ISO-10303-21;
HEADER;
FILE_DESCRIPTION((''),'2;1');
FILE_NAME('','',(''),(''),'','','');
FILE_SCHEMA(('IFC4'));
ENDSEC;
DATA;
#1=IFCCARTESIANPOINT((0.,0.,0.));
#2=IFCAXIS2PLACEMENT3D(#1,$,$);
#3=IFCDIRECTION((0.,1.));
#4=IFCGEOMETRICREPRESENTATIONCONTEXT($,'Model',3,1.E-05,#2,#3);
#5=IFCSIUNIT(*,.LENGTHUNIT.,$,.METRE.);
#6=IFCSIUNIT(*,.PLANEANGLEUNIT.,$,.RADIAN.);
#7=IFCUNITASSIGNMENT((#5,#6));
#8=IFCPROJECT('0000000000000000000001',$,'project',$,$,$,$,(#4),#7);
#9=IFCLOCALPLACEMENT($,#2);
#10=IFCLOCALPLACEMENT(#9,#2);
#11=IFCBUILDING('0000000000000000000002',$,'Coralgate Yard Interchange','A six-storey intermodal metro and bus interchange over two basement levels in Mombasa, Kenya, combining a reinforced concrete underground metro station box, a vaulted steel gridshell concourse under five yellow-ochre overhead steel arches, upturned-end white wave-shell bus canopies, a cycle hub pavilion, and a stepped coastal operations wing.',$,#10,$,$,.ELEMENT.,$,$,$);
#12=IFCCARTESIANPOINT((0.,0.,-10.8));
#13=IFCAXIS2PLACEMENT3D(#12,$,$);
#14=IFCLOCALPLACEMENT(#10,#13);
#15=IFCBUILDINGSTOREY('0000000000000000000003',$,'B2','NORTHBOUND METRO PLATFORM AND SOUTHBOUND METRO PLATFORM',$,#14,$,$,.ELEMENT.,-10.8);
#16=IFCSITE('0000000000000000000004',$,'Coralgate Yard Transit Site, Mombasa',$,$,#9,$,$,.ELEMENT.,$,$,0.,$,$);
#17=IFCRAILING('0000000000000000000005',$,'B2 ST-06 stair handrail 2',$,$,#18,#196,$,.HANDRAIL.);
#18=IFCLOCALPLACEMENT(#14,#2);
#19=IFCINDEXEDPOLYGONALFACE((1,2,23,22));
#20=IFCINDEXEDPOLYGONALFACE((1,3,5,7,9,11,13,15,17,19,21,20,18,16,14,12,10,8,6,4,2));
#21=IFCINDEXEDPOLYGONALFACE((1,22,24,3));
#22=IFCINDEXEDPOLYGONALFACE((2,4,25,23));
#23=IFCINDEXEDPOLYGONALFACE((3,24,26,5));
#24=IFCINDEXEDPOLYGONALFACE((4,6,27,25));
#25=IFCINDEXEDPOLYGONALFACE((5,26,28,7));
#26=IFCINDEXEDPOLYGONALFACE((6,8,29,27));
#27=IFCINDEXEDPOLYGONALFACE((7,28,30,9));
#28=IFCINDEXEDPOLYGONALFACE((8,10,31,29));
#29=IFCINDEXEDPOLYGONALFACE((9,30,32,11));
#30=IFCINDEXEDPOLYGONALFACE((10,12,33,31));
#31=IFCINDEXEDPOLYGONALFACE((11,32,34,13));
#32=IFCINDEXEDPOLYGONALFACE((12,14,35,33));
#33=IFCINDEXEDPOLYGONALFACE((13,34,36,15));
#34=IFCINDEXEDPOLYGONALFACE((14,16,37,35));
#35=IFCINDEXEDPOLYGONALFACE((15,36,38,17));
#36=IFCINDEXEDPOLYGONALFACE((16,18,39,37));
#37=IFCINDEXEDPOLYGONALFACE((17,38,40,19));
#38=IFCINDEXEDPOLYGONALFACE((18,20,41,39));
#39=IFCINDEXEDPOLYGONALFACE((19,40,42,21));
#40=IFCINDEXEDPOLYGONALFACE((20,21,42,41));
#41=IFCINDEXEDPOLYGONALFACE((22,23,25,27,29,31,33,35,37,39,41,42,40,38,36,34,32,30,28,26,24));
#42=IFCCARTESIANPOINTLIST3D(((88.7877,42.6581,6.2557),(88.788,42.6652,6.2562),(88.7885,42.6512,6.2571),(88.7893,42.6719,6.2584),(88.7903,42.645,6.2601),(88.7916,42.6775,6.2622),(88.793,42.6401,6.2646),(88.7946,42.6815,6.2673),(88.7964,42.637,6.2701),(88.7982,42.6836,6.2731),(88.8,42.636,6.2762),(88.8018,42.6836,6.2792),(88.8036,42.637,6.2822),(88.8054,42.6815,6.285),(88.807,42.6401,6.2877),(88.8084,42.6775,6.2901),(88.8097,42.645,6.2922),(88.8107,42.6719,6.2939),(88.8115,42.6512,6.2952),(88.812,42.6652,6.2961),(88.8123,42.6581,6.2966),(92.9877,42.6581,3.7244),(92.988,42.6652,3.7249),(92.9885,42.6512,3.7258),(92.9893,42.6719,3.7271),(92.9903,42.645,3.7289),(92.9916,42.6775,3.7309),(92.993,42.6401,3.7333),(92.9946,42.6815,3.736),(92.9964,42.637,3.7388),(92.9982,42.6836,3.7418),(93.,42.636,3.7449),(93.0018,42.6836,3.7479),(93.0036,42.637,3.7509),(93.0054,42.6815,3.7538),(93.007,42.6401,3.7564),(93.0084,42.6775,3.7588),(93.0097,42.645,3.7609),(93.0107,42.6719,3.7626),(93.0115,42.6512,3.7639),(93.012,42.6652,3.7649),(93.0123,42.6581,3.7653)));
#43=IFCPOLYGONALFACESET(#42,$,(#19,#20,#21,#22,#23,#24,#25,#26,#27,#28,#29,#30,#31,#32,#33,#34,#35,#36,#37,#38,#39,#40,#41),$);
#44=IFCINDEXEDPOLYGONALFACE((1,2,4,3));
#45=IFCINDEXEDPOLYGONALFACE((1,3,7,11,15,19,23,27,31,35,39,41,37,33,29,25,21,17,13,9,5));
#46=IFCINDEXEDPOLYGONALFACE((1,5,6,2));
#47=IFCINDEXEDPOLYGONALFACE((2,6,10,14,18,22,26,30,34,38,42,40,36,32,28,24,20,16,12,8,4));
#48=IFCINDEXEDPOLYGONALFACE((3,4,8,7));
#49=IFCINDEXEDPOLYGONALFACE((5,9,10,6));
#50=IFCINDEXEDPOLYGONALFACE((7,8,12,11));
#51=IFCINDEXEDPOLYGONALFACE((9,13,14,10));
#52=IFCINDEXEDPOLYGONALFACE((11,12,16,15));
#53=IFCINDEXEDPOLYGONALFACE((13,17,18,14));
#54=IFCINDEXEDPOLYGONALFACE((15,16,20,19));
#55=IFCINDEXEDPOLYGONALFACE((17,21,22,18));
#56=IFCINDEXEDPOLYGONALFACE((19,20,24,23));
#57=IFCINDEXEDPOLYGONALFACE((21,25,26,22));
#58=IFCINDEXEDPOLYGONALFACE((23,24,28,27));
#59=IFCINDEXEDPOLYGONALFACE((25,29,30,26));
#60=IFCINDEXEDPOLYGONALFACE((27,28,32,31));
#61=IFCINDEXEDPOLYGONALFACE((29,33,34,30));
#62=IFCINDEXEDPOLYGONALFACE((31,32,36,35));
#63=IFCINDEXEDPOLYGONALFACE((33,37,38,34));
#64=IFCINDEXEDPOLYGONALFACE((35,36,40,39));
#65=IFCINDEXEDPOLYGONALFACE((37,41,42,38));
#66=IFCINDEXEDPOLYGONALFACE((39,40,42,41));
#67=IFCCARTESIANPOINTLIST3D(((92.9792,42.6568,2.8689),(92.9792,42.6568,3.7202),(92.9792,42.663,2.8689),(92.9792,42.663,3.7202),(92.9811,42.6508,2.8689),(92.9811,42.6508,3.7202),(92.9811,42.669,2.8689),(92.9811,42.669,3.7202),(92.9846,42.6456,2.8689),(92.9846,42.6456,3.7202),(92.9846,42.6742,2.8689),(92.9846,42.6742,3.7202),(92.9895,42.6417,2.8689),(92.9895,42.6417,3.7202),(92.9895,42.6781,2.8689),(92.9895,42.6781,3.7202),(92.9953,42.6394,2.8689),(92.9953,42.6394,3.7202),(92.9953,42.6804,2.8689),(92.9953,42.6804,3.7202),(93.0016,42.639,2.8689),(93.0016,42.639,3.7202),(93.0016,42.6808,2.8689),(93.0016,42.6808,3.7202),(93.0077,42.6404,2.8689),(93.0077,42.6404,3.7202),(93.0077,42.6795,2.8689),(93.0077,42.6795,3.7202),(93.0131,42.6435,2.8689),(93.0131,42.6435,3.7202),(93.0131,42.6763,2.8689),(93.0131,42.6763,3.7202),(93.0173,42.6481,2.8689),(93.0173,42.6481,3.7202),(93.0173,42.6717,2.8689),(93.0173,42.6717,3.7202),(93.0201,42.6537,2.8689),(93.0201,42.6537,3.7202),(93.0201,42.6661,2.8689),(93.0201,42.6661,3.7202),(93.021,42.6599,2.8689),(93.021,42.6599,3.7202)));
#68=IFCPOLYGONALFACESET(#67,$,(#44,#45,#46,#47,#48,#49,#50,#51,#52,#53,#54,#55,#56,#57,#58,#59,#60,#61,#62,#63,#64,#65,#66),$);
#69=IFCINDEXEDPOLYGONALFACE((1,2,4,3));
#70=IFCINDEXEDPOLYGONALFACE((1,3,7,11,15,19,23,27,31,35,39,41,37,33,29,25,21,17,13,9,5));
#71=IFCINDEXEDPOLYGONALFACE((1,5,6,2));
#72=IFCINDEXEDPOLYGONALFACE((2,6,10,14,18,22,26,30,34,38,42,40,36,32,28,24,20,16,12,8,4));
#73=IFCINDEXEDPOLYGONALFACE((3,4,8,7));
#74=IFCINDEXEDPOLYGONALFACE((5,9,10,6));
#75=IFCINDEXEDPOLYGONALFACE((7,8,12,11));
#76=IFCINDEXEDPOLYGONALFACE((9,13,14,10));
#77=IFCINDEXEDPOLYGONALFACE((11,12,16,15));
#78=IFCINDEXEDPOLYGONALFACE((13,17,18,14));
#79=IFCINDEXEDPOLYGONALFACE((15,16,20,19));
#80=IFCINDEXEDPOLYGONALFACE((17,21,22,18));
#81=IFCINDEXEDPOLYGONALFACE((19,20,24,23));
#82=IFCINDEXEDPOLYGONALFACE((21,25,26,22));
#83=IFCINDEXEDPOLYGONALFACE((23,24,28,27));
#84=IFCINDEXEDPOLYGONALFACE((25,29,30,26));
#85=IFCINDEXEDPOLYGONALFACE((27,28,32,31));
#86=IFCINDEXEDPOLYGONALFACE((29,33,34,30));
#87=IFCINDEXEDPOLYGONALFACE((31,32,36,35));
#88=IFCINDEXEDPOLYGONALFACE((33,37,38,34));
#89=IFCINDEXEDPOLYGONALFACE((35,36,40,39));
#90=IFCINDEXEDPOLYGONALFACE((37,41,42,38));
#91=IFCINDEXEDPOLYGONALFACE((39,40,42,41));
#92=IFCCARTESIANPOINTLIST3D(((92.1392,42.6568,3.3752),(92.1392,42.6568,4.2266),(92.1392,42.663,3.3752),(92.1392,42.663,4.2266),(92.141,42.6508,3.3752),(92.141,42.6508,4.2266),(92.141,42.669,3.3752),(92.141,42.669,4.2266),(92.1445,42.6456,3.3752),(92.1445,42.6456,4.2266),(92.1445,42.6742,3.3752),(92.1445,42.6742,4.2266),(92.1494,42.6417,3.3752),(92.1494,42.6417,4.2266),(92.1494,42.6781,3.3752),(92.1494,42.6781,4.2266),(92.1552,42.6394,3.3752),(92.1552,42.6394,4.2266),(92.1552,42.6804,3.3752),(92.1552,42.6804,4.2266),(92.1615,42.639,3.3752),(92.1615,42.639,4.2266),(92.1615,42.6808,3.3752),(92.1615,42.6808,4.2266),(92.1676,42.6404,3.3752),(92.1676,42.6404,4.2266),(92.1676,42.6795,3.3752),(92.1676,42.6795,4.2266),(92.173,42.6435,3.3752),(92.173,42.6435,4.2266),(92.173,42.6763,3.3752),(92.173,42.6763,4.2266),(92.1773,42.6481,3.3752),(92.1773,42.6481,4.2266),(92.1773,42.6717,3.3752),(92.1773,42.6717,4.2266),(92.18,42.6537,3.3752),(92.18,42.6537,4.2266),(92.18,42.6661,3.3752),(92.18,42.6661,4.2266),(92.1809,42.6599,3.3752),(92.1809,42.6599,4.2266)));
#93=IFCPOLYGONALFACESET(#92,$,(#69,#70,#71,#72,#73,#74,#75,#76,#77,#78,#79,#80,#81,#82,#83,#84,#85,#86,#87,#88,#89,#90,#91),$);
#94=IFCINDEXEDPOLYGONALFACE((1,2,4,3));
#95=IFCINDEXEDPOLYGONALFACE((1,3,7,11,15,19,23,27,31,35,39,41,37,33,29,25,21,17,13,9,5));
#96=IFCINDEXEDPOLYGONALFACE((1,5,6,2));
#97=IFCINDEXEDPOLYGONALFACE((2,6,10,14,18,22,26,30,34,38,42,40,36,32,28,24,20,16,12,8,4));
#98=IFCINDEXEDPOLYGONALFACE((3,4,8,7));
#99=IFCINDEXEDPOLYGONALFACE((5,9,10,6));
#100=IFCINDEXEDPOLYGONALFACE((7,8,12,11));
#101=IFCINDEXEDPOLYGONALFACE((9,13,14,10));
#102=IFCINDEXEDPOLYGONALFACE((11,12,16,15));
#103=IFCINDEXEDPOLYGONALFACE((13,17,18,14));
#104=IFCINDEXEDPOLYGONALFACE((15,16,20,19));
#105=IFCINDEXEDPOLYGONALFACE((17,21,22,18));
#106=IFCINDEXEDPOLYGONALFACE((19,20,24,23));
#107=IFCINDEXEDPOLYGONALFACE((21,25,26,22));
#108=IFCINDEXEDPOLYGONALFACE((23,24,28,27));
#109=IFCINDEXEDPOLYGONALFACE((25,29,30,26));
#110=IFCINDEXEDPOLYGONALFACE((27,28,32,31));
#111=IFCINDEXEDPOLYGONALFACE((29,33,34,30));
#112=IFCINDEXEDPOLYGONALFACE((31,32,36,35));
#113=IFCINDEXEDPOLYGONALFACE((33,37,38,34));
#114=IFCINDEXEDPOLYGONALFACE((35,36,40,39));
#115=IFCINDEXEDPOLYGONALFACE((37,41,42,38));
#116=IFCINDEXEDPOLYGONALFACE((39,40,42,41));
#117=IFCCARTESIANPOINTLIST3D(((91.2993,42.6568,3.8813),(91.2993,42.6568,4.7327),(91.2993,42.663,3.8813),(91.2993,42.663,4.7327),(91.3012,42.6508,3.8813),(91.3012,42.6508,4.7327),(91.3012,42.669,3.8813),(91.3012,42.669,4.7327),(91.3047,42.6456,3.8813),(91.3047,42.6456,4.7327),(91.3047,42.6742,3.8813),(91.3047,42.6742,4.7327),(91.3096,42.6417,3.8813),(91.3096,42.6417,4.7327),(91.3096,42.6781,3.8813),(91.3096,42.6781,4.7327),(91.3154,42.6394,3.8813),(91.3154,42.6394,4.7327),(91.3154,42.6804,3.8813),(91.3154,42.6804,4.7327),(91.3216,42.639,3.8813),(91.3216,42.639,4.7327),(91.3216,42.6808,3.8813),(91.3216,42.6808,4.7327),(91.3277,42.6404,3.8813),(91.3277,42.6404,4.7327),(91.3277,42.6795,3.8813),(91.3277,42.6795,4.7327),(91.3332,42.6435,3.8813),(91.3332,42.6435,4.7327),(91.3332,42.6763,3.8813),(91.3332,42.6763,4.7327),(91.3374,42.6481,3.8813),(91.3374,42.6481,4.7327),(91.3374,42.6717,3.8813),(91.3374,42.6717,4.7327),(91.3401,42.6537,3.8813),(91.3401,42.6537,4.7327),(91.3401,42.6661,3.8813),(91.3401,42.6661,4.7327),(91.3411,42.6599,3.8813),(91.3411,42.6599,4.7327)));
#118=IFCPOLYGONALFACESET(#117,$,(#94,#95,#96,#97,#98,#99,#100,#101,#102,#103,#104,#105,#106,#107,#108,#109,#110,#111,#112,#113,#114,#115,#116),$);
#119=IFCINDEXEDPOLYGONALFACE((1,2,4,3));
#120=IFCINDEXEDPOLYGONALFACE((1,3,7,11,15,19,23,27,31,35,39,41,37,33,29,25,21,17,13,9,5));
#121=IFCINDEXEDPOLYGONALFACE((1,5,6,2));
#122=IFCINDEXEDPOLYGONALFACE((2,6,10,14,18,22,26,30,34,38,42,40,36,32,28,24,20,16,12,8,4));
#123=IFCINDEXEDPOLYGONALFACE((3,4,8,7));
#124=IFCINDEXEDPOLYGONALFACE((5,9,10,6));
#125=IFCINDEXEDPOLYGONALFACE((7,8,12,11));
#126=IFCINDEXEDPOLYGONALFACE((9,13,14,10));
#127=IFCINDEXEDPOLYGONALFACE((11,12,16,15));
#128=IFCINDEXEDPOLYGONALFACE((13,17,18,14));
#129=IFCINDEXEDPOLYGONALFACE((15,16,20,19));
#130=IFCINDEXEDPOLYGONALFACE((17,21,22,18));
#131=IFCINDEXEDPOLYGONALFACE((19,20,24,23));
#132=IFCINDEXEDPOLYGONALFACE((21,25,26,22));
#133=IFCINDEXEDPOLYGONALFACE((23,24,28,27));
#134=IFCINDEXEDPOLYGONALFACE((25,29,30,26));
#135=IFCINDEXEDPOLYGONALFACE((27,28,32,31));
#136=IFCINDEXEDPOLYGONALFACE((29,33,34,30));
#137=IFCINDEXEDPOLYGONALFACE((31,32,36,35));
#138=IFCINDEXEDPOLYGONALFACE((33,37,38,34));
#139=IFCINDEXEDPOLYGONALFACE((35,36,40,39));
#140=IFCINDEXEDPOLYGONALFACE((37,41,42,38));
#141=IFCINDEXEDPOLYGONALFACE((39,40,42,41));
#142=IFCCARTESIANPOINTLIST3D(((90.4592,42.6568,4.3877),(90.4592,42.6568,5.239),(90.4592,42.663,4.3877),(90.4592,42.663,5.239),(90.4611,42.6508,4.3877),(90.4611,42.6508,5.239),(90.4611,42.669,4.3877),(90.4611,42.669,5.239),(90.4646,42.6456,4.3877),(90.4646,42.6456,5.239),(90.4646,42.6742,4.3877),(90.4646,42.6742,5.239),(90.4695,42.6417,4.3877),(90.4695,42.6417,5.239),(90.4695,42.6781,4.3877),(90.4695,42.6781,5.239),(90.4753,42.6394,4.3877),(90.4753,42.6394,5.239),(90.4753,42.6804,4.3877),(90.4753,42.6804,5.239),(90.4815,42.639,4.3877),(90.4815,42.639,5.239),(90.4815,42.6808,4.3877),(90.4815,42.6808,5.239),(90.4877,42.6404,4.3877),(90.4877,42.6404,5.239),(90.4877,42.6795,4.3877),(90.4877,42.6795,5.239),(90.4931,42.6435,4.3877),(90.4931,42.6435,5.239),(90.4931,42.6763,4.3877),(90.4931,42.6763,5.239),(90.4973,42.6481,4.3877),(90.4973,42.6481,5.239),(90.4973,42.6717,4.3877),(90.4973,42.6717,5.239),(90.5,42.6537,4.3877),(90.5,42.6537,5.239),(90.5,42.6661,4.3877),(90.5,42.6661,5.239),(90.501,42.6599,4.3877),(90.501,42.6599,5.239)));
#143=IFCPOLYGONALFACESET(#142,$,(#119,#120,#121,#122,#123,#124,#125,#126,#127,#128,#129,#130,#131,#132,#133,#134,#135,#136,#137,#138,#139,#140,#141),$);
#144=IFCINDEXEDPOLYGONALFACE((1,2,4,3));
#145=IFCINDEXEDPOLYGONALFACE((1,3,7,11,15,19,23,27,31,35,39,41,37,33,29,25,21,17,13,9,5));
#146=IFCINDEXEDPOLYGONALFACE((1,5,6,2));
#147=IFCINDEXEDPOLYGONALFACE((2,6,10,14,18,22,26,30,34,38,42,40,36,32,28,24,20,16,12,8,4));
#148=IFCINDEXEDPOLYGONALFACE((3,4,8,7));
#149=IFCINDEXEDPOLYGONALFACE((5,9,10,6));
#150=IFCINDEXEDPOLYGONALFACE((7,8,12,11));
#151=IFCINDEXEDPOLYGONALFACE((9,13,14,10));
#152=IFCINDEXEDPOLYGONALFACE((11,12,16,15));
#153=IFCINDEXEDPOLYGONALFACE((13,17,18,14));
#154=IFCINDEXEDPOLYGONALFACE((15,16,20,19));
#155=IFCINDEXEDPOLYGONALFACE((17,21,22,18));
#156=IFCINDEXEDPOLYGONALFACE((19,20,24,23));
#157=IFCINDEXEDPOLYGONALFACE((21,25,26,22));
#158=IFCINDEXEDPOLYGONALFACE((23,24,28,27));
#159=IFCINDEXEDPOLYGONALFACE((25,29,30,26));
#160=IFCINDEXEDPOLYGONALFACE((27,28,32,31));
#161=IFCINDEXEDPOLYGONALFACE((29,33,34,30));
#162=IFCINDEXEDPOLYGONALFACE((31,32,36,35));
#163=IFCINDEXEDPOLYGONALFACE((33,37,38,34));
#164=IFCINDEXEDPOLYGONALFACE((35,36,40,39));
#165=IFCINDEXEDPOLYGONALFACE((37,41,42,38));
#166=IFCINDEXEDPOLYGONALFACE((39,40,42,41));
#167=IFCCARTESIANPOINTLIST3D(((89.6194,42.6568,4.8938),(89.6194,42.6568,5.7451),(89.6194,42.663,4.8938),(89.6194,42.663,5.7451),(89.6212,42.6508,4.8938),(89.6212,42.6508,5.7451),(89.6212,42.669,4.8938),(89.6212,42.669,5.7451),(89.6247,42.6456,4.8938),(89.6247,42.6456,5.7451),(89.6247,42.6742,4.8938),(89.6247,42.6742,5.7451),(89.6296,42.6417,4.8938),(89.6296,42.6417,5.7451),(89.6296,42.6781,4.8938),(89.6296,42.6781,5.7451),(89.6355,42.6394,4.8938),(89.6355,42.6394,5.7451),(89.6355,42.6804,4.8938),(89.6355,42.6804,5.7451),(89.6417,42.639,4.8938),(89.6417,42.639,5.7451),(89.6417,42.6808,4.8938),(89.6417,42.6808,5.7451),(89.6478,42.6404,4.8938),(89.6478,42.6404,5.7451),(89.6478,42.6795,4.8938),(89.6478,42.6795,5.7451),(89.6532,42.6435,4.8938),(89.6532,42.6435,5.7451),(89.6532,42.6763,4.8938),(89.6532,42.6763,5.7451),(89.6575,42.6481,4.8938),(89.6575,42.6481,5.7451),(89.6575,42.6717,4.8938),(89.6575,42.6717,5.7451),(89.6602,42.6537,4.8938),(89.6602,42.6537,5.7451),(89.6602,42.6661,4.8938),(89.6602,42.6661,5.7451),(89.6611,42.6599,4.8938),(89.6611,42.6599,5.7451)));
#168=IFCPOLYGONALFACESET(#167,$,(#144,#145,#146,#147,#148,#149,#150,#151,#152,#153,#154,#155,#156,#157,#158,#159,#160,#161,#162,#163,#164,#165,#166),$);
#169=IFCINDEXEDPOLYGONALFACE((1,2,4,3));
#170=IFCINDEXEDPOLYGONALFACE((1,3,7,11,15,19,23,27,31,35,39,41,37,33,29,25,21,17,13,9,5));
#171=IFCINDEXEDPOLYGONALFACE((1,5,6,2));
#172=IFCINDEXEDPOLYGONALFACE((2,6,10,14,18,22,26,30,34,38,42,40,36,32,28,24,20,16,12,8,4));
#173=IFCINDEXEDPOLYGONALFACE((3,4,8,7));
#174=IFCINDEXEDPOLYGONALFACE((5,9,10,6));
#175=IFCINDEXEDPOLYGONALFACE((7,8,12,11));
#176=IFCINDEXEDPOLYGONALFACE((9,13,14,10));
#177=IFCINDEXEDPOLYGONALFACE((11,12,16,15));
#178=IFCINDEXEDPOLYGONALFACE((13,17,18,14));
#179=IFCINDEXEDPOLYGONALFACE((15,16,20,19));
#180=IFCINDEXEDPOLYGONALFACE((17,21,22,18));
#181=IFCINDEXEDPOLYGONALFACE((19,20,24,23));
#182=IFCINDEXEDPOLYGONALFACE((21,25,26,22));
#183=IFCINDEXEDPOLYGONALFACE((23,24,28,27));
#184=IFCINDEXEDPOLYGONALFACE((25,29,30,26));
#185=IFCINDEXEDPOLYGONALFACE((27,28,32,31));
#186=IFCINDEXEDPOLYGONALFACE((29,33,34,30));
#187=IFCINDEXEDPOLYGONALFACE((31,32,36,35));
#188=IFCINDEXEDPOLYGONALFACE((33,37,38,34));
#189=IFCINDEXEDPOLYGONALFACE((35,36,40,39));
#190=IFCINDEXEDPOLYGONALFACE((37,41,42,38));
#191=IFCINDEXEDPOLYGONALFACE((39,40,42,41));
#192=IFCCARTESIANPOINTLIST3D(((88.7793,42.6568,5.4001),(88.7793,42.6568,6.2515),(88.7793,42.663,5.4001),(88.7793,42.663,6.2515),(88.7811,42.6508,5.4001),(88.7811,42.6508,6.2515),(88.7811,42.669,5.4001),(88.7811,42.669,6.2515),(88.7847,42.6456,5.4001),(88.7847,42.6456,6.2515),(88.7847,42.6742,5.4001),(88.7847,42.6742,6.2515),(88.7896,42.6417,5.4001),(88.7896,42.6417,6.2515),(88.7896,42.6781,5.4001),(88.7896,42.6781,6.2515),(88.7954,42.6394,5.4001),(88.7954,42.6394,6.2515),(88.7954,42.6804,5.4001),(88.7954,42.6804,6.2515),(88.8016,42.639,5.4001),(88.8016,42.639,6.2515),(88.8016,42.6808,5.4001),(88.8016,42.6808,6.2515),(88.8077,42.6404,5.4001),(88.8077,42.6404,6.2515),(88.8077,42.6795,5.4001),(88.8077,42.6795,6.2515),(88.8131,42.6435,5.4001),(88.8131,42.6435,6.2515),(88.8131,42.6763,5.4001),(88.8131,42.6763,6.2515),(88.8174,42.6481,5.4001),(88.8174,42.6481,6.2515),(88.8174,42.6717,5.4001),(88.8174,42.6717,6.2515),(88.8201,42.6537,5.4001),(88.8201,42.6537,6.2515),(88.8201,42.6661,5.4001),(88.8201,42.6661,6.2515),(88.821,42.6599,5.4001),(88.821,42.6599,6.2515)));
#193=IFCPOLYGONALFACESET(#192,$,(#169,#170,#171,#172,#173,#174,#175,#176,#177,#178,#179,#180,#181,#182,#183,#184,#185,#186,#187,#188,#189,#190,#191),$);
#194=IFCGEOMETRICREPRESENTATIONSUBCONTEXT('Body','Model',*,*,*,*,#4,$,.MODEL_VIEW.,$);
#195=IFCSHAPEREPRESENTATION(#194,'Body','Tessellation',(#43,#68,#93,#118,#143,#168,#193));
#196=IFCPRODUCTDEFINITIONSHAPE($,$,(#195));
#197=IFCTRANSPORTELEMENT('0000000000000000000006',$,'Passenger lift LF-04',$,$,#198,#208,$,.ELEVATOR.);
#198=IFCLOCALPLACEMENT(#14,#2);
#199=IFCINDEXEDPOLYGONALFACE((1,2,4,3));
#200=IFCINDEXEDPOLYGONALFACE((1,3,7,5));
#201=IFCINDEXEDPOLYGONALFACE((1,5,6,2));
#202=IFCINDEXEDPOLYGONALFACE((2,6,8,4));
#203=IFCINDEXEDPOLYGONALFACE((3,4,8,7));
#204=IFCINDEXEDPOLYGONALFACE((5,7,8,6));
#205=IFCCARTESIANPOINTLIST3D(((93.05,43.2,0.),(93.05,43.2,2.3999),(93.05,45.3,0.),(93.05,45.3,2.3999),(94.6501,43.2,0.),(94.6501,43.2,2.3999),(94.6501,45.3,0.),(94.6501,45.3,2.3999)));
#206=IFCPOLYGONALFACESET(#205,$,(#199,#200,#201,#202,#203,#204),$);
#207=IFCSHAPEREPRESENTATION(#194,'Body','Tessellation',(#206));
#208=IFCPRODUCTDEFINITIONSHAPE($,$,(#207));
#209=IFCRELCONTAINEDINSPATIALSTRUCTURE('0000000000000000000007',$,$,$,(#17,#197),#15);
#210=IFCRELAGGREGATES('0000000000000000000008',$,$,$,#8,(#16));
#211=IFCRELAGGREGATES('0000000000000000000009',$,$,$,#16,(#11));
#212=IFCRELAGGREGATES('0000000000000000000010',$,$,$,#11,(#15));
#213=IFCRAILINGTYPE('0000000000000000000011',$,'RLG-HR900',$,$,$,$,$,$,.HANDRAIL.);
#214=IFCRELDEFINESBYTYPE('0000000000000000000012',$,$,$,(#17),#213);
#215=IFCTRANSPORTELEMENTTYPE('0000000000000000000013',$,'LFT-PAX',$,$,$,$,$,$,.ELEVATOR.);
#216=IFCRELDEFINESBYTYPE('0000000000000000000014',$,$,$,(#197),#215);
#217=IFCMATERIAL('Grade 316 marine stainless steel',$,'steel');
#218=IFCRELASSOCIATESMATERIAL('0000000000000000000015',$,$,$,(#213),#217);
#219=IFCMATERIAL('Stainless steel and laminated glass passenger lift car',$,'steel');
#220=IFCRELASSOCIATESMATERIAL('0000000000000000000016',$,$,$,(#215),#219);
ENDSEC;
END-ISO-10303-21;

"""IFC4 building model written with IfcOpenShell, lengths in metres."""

from ifc_helpers import new_model, si_unit, direction, frame, origin, origin_2d, place, context, subcontext, project, spatial, rectangle, circle, extrude, material, type_object, element, save


model = new_model("IFC4")

# Units and contexts
model_context = context("Model", 3, precision=1e-05, world=origin(), true_north=direction((0.0, 1.0)))
body_context = subcontext(model_context, "Body", "Model", "MODEL_VIEW")
ifc_project = project(units=[si_unit("LENGTHUNIT", "METRE"), si_unit("PLANEANGLEUNIT", "RADIAN")], contexts=[model_context])

# Site, building, storey
site_placement = place(None, origin())
site = spatial("IfcSite", under=ifc_project, at=site_placement, Name="Coralgate Yard Transit Site, Mombasa", CompositionType="ELEMENT", RefElevation=0.0)
building_placement = place(site_placement, origin())
building = spatial("IfcBuilding", under=site, at=building_placement, Name="Coralgate Yard Interchange", Description="A six-storey intermodal metro and bus interchange over two basement levels in Mombasa, Kenya, combining a reinforced concrete underground metro station box, a vaulted steel gridshell concourse under five yellow-ochre overhead steel arches, upturned-end white wave-shell bus canopies, a cycle hub pavilion, and a stepped coastal operations wing.", CompositionType="ELEMENT")
storey_placement = place(building_placement, frame((0.0, 0.0, -10.8)))
storey = spatial("IfcBuildingStorey", under=building, at=storey_placement, Name="B2", Description="NORTHBOUND METRO PLATFORM AND SOUTHBOUND METRO PLATFORM", CompositionType="ELEMENT", Elevation=-10.8)

# Railing
ifc_material_1 = material(Name="Grade 316 marine stainless steel", Category="steel")
railing_type_1 = type_object("IfcRailingType", Name="RLG-HR900", PredefinedType="HANDRAIL", material=ifc_material_1)
railing_1_placement = place(storey_placement, frame((93.0, 42.6599, 2.8689)))
element("IfcRailing", 1, at=railing_1_placement, inside=storey, type_object=railing_type_1, Name="B2 ST-06 stair handrail 2", PredefinedType="HANDRAIL", context=body_context, shape_type="SweptSolid", body=[
    extrude(circle(Radius=0.0239, at=origin_2d()), frame((0.0, 0.0, 0.876), z_axis=(-0.856476, 0.0, 0.516186), x_axis=(0.0, -1.0, 0.0)), (0.0, 0.0, 1.0), 4.9038),
    extrude(circle(Radius=0.021, at=origin_2d()), origin(), (0.0, 0.0, 1.0), 0.8513),
    extrude(circle(Radius=0.021, at=origin_2d()), frame((-0.8401, 0.0, 0.5063)), (0.0, 0.0, 1.0), 0.8513),
    extrude(circle(Radius=0.021, at=origin_2d()), frame((-1.6799, 0.0, 1.0125)), (0.0, 0.0, 1.0), 0.8513),
    extrude(circle(Radius=0.021, at=origin_2d()), frame((-2.52, 0.0, 1.5188)), (0.0, 0.0, 1.0), 0.8513),
    extrude(circle(Radius=0.021, at=origin_2d()), frame((-3.3599, 0.0, 2.0249)), (0.0, 0.0, 1.0), 0.8513),
    extrude(circle(Radius=0.021, at=origin_2d()), frame((-4.2, 0.0, 2.5312)), (0.0, 0.0, 1.0), 0.8513),
])

# Transport element
ifc_material_2 = material(Name="Stainless steel and laminated glass passenger lift car", Category="steel")
transport_element_type = type_object("IfcTransportElementType", Name="LFT-PAX", PredefinedType="ELEVATOR", material=ifc_material_2)
transport_element_placement = place(storey_placement, frame((93.8501, 44.25, 0.0), z_axis=(0.0, 0.0, 1.0), x_axis=(1.0, 0.0, 0.0)))
element("IfcTransportElement", 2, at=transport_element_placement, inside=storey, type_object=transport_element_type, Name="Passenger lift LF-04", PredefinedType="ELEVATOR", context=body_context, shape_type="SweptSolid", body=[
    extrude(rectangle(XDim=1.6001, YDim=2.1001, at=origin_2d()), origin(), (0.0, 0.0, 1.0), 2.3999),
])

save(model, "model.ifc")
